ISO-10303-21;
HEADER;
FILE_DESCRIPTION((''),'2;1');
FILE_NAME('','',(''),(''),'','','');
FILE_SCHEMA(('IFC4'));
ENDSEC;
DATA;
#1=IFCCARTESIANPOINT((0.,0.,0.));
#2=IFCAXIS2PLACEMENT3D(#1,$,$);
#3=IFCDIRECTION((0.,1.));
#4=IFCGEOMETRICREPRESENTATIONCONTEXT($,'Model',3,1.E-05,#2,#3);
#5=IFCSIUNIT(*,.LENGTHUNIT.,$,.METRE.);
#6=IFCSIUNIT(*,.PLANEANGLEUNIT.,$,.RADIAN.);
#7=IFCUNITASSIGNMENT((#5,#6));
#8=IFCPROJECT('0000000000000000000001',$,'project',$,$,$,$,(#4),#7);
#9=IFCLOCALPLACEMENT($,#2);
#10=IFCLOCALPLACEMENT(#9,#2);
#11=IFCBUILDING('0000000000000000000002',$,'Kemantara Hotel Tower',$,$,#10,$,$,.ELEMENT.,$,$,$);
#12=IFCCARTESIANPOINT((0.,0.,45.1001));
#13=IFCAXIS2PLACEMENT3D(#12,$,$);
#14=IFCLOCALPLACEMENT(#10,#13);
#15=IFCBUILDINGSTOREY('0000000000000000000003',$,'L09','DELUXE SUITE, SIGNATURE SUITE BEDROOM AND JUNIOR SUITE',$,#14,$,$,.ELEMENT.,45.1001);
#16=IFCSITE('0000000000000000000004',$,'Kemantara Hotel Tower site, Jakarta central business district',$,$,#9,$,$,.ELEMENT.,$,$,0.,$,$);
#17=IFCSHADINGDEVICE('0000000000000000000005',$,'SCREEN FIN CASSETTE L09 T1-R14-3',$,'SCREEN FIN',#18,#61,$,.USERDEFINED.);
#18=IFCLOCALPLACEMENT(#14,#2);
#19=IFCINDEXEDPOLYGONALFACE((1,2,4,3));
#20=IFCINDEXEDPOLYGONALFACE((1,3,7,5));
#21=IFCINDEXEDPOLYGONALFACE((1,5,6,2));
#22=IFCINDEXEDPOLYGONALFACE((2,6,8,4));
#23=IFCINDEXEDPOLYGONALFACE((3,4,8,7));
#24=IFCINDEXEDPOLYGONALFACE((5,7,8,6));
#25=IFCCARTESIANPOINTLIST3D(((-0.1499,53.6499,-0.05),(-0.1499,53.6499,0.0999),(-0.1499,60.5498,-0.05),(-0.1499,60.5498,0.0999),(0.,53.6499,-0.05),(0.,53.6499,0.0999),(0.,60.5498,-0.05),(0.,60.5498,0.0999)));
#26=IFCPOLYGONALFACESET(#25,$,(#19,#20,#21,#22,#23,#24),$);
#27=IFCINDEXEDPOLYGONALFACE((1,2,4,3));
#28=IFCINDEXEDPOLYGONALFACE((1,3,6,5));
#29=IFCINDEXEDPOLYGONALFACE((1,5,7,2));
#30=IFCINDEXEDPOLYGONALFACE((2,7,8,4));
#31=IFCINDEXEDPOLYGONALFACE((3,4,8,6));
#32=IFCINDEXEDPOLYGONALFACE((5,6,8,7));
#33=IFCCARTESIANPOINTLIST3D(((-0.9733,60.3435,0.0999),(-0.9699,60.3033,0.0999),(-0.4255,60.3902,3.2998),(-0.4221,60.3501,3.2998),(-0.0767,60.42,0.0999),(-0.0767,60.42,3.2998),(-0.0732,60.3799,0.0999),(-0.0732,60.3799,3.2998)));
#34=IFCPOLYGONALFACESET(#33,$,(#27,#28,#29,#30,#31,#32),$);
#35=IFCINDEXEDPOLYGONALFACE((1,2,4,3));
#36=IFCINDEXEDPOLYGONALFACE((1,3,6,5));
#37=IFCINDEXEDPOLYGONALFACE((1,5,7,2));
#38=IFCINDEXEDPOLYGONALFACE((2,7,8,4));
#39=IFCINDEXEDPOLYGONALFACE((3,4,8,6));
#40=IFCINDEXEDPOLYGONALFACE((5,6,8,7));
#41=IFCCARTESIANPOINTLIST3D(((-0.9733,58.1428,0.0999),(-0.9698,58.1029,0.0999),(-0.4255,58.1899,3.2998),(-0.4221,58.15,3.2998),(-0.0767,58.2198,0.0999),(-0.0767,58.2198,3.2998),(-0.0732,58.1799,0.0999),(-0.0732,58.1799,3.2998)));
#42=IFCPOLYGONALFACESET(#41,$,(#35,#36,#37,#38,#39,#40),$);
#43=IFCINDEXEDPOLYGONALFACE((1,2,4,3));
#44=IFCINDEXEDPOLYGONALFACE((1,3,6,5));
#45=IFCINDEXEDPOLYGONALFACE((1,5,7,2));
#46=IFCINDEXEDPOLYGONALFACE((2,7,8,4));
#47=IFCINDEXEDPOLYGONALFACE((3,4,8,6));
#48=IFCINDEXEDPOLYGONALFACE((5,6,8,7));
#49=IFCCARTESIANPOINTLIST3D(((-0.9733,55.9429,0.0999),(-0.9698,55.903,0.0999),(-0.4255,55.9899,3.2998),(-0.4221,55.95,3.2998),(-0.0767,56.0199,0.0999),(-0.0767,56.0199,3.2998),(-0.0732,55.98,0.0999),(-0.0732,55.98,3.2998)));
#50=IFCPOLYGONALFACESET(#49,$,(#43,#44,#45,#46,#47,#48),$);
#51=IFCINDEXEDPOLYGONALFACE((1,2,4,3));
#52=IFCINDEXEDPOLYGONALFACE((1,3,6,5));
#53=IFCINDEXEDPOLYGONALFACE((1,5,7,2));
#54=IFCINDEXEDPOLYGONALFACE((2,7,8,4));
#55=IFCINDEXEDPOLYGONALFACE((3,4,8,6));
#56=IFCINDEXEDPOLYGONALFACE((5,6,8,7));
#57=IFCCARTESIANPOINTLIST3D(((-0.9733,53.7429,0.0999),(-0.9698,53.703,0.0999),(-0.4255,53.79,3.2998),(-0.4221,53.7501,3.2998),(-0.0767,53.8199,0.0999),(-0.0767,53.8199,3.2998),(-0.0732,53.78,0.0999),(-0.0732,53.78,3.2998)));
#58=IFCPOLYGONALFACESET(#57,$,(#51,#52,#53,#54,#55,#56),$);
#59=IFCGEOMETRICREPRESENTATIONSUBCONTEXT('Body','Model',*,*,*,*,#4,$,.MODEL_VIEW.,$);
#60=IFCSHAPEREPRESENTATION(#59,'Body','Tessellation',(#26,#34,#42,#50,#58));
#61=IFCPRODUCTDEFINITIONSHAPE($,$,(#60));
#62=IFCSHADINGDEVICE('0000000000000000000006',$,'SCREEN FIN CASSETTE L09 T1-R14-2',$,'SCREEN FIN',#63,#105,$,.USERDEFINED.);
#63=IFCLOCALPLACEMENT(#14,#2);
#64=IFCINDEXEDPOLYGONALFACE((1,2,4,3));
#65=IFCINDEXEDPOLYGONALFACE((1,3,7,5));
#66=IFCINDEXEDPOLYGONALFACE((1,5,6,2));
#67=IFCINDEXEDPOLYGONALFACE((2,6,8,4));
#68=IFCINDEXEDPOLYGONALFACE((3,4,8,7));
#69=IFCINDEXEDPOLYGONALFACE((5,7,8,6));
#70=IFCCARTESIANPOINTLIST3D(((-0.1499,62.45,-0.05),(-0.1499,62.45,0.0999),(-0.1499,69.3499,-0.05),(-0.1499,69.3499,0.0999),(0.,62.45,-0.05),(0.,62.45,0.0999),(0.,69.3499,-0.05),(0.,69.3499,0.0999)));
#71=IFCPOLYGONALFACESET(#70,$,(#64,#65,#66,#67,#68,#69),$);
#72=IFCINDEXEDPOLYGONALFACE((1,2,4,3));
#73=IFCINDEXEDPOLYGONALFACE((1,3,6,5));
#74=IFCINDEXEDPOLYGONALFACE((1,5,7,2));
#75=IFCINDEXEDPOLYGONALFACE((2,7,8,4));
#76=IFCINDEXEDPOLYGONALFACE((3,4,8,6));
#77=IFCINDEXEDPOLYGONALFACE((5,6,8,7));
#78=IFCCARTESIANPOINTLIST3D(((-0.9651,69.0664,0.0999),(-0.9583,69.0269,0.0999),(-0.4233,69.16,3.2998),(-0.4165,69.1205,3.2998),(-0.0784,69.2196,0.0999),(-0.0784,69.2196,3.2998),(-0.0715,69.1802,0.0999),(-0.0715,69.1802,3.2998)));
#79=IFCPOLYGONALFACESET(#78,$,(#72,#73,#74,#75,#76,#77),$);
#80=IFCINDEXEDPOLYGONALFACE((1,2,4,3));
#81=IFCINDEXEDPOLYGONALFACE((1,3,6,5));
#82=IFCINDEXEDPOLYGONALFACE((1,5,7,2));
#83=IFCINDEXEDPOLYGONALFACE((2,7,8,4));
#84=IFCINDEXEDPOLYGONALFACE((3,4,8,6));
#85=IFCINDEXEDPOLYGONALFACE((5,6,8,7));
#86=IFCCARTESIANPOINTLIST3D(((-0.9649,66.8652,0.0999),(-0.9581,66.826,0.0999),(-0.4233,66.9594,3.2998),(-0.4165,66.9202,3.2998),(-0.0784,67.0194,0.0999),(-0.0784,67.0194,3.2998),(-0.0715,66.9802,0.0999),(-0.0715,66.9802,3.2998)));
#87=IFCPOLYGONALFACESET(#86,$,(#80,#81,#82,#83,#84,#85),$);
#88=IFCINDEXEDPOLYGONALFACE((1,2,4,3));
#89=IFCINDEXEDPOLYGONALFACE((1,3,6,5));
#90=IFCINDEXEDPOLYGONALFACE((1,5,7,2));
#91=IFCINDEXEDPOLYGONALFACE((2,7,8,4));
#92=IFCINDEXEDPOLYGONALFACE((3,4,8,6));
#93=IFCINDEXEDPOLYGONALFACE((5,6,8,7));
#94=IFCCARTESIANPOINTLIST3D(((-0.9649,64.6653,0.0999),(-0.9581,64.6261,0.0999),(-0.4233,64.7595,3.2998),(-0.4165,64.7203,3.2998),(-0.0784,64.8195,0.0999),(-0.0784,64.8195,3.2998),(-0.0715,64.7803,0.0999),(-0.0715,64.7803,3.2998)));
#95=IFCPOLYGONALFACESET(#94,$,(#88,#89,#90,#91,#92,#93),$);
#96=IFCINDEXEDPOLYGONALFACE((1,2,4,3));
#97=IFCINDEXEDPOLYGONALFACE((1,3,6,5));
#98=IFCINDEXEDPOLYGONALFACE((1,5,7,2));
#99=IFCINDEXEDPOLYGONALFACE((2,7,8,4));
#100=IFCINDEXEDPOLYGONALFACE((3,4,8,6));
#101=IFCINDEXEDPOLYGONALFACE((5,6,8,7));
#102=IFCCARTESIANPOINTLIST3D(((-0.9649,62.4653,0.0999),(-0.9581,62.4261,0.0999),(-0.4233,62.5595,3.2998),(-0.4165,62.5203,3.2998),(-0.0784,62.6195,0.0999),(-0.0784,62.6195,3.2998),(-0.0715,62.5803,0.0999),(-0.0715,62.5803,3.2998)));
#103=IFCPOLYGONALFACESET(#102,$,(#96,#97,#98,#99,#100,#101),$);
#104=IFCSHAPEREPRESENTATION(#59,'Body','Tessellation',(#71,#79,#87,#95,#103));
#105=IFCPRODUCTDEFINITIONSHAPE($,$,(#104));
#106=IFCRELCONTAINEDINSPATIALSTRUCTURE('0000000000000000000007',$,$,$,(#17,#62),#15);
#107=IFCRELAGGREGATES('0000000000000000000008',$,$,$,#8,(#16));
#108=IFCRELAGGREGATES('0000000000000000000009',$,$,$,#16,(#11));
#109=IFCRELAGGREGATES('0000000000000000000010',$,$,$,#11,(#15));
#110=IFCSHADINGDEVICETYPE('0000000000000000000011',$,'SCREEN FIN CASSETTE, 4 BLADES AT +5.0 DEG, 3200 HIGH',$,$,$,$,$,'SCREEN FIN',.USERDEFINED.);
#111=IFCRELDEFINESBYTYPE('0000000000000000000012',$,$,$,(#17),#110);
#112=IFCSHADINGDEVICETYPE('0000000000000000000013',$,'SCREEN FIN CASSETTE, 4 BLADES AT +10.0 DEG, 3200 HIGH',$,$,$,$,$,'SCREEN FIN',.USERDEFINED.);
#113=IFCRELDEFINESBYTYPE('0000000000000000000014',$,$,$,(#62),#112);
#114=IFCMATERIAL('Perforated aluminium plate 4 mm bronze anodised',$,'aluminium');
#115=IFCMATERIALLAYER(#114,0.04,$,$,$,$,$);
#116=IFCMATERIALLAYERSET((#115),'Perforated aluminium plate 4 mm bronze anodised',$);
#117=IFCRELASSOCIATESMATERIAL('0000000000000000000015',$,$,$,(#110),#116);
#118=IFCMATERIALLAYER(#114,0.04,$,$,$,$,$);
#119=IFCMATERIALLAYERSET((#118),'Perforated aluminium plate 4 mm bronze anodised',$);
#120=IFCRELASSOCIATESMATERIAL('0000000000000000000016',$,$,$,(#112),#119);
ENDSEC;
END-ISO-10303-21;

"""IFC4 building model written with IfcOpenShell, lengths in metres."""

from ifc_helpers import new_model, si_unit, direction, frame, origin, origin_2d, place, context, subcontext, project, spatial, polyline, rectangle, outline, extrude, source, transform, mapped, material, layer, layer_set, type_object, element, save


model = new_model("IFC4")

# Units and contexts
model_context = context("Model", 3, precision=1e-05, world=origin(), true_north=direction((0.0, 1.0)))
body_context = subcontext(model_context, "Body", "Model", "MODEL_VIEW")
ifc_project = project(units=[si_unit("LENGTHUNIT", "METRE"), si_unit("PLANEANGLEUNIT", "RADIAN")], contexts=[model_context])

# Site, building, storey
site_placement = place(None, origin())
site = spatial("IfcSite", under=ifc_project, at=site_placement, Name="Kemantara Hotel Tower site, Jakarta central business district", CompositionType="ELEMENT", RefElevation=0.0)
building_placement = place(site_placement, origin())
building = spatial("IfcBuilding", under=site, at=building_placement, Name="Kemantara Hotel Tower", CompositionType="ELEMENT")
storey_placement = place(building_placement, frame((0.0, 0.0, 45.1001)))
storey = spatial("IfcBuildingStorey", under=building, at=storey_placement, Name="L09", Description="DELUXE SUITE, SIGNATURE SUITE BEDROOM AND JUNIOR SUITE", CompositionType="ELEMENT", Elevation=45.1001)

# Shading devices
ifc_material_1 = material(Name="Perforated aluminium plate 4 mm bronze anodised", Category="aluminium")
ifc_layer_1 = layer(ifc_material_1, 0.04)
ifc_layer_set_1 = layer_set([ifc_layer_1], Name="Perforated aluminium plate 4 mm bronze anodised")
shading_device_type_1 = type_object("IfcShadingDeviceType", Name="SCREEN FIN CASSETTE, 4 BLADES AT +5.0 DEG, 3200 HIGH", ElementType="SCREEN FIN", PredefinedType="USERDEFINED", material=ifc_layer_set_1)
shared_shape_1 = source(origin(), body_context, "Body", "SweptSolid", [
    extrude(rectangle(XDim=6.8999, YDim=0.1499, at=origin_2d()), frame((3.3, -0.075, -0.1499), z_axis=(0.0, 0.0, 1.0), x_axis=(1.0, 0.0, 0.0)), (0.0, 0.0, 1.0), 0.1499),
    extrude(outline(polyline([(0.0, 0.0), (0.8999, 0.0), (0.3501, 3.2), (0.0, 3.2), (0.0, 0.0)])), frame((0.02, -0.0732, 0.0), z_axis=(-0.996376, -0.085056, 0.0), x_axis=(0.085056, -0.996376, 0.0)), (0.0, 0.0, 1.0), 0.0403),
    extrude(outline(polyline([(0.0, 0.0), (0.8999, 0.0), (0.3501, 3.2), (0.0, 3.2), (0.0, 0.0)])), frame((2.22, -0.0732, 0.0), z_axis=(-0.996332, -0.085575, 0.0), x_axis=(0.085575, -0.996332, 0.0)), (0.0, 0.0, 1.0), 0.04),
    extrude(outline(polyline([(0.0, 0.0), (0.8999, 0.0), (0.3501, 3.2), (0.0, 3.2), (0.0, 0.0)])), frame((4.4199, -0.0732, 0.0), z_axis=(-0.996332, -0.085575, 0.0), x_axis=(0.085575, -0.996332, 0.0)), (0.0, 0.0, 1.0), 0.04),
    extrude(outline(polyline([(0.0, 0.0), (0.8999, 0.0), (0.3501, 3.2), (0.0, 3.2), (0.0, 0.0)])), frame((6.6199, -0.0732, 0.0), z_axis=(-0.996332, -0.085575, 0.0), x_axis=(0.085575, -0.996332, 0.0)), (0.0, 0.0, 1.0), 0.04),
])
shading_device_1_placement = place(storey_placement, frame((0.0, 60.3999, 0.0999), z_axis=(0.0, 0.0, 1.0), x_axis=(0.0, -1.0, 0.0)))
element("IfcShadingDevice", 1, at=shading_device_1_placement, inside=storey, type_object=shading_device_type_1, Name="SCREEN FIN CASSETTE L09 T1-R14-3", ObjectType="SCREEN FIN", PredefinedType="USERDEFINED", context=body_context, shape_type="MappedRepresentation", body=[
    mapped(shared_shape_1, transform((0.0, 0.0, 0.0))),
])
ifc_layer_2 = layer(ifc_material_1, 0.04)
ifc_layer_set_2 = layer_set([ifc_layer_2], Name="Perforated aluminium plate 4 mm bronze anodised")
shading_device_type_2 = type_object("IfcShadingDeviceType", Name="SCREEN FIN CASSETTE, 4 BLADES AT +10.0 DEG, 3200 HIGH", ElementType="SCREEN FIN", PredefinedType="USERDEFINED", material=ifc_layer_set_2)
shared_shape_2 = source(origin(), body_context, "Body", "SweptSolid", [
    extrude(rectangle(XDim=6.8999, YDim=0.1499, at=origin_2d()), frame((3.3, -0.075, -0.1499), z_axis=(0.0, 0.0, 1.0), x_axis=(1.0, 0.0, 0.0)), (0.0, 0.0, 1.0), 0.1499),
    extrude(outline(polyline([(0.0, 0.0), (0.8999, 0.0), (0.3501, 3.2), (0.0, 3.2), (0.0, 0.0)])), frame((0.0198, -0.0715, 0.0), z_axis=(-0.98539, -0.170314, 0.0), x_axis=(0.170314, -0.98539, 0.0)), (0.0, 0.0, 1.0), 0.04),
    extrude(outline(polyline([(0.0, 0.0), (0.8999, 0.0), (0.3501, 3.2), (0.0, 3.2), (0.0, 0.0)])), frame((2.2197, -0.0715, 0.0), z_axis=(-0.985212, -0.171341, 0.0), x_axis=(0.171341, -0.985212, 0.0)), (0.0, 0.0, 1.0), 0.0398),
    extrude(outline(polyline([(0.0, 0.0), (0.8999, 0.0), (0.3501, 3.2), (0.0, 3.2), (0.0, 0.0)])), frame((4.4197, -0.0715, 0.0), z_axis=(-0.985212, -0.171341, 0.0), x_axis=(0.171341, -0.985212, 0.0)), (0.0, 0.0, 1.0), 0.0398),
    extrude(outline(polyline([(0.0, 0.0), (0.8999, 0.0), (0.3501, 3.2), (0.0, 3.2), (0.0, 0.0)])), frame((6.6196, -0.0715, 0.0), z_axis=(-0.985212, -0.171341, 0.0), x_axis=(0.171341, -0.985212, 0.0)), (0.0, 0.0, 1.0), 0.0398),
])
shading_device_2_placement = place(storey_placement, frame((0.0, 69.2, 0.0999), z_axis=(0.0, 0.0, 1.0), x_axis=(0.0, -1.0, 0.0)))
element("IfcShadingDevice", 2, at=shading_device_2_placement, inside=storey, type_object=shading_device_type_2, Name="SCREEN FIN CASSETTE L09 T1-R14-2", ObjectType="SCREEN FIN", PredefinedType="USERDEFINED", context=body_context, shape_type="MappedRepresentation", body=[
    mapped(shared_shape_2, transform((0.0, 0.0, 0.0))),
])

save(model, "model.ifc")
